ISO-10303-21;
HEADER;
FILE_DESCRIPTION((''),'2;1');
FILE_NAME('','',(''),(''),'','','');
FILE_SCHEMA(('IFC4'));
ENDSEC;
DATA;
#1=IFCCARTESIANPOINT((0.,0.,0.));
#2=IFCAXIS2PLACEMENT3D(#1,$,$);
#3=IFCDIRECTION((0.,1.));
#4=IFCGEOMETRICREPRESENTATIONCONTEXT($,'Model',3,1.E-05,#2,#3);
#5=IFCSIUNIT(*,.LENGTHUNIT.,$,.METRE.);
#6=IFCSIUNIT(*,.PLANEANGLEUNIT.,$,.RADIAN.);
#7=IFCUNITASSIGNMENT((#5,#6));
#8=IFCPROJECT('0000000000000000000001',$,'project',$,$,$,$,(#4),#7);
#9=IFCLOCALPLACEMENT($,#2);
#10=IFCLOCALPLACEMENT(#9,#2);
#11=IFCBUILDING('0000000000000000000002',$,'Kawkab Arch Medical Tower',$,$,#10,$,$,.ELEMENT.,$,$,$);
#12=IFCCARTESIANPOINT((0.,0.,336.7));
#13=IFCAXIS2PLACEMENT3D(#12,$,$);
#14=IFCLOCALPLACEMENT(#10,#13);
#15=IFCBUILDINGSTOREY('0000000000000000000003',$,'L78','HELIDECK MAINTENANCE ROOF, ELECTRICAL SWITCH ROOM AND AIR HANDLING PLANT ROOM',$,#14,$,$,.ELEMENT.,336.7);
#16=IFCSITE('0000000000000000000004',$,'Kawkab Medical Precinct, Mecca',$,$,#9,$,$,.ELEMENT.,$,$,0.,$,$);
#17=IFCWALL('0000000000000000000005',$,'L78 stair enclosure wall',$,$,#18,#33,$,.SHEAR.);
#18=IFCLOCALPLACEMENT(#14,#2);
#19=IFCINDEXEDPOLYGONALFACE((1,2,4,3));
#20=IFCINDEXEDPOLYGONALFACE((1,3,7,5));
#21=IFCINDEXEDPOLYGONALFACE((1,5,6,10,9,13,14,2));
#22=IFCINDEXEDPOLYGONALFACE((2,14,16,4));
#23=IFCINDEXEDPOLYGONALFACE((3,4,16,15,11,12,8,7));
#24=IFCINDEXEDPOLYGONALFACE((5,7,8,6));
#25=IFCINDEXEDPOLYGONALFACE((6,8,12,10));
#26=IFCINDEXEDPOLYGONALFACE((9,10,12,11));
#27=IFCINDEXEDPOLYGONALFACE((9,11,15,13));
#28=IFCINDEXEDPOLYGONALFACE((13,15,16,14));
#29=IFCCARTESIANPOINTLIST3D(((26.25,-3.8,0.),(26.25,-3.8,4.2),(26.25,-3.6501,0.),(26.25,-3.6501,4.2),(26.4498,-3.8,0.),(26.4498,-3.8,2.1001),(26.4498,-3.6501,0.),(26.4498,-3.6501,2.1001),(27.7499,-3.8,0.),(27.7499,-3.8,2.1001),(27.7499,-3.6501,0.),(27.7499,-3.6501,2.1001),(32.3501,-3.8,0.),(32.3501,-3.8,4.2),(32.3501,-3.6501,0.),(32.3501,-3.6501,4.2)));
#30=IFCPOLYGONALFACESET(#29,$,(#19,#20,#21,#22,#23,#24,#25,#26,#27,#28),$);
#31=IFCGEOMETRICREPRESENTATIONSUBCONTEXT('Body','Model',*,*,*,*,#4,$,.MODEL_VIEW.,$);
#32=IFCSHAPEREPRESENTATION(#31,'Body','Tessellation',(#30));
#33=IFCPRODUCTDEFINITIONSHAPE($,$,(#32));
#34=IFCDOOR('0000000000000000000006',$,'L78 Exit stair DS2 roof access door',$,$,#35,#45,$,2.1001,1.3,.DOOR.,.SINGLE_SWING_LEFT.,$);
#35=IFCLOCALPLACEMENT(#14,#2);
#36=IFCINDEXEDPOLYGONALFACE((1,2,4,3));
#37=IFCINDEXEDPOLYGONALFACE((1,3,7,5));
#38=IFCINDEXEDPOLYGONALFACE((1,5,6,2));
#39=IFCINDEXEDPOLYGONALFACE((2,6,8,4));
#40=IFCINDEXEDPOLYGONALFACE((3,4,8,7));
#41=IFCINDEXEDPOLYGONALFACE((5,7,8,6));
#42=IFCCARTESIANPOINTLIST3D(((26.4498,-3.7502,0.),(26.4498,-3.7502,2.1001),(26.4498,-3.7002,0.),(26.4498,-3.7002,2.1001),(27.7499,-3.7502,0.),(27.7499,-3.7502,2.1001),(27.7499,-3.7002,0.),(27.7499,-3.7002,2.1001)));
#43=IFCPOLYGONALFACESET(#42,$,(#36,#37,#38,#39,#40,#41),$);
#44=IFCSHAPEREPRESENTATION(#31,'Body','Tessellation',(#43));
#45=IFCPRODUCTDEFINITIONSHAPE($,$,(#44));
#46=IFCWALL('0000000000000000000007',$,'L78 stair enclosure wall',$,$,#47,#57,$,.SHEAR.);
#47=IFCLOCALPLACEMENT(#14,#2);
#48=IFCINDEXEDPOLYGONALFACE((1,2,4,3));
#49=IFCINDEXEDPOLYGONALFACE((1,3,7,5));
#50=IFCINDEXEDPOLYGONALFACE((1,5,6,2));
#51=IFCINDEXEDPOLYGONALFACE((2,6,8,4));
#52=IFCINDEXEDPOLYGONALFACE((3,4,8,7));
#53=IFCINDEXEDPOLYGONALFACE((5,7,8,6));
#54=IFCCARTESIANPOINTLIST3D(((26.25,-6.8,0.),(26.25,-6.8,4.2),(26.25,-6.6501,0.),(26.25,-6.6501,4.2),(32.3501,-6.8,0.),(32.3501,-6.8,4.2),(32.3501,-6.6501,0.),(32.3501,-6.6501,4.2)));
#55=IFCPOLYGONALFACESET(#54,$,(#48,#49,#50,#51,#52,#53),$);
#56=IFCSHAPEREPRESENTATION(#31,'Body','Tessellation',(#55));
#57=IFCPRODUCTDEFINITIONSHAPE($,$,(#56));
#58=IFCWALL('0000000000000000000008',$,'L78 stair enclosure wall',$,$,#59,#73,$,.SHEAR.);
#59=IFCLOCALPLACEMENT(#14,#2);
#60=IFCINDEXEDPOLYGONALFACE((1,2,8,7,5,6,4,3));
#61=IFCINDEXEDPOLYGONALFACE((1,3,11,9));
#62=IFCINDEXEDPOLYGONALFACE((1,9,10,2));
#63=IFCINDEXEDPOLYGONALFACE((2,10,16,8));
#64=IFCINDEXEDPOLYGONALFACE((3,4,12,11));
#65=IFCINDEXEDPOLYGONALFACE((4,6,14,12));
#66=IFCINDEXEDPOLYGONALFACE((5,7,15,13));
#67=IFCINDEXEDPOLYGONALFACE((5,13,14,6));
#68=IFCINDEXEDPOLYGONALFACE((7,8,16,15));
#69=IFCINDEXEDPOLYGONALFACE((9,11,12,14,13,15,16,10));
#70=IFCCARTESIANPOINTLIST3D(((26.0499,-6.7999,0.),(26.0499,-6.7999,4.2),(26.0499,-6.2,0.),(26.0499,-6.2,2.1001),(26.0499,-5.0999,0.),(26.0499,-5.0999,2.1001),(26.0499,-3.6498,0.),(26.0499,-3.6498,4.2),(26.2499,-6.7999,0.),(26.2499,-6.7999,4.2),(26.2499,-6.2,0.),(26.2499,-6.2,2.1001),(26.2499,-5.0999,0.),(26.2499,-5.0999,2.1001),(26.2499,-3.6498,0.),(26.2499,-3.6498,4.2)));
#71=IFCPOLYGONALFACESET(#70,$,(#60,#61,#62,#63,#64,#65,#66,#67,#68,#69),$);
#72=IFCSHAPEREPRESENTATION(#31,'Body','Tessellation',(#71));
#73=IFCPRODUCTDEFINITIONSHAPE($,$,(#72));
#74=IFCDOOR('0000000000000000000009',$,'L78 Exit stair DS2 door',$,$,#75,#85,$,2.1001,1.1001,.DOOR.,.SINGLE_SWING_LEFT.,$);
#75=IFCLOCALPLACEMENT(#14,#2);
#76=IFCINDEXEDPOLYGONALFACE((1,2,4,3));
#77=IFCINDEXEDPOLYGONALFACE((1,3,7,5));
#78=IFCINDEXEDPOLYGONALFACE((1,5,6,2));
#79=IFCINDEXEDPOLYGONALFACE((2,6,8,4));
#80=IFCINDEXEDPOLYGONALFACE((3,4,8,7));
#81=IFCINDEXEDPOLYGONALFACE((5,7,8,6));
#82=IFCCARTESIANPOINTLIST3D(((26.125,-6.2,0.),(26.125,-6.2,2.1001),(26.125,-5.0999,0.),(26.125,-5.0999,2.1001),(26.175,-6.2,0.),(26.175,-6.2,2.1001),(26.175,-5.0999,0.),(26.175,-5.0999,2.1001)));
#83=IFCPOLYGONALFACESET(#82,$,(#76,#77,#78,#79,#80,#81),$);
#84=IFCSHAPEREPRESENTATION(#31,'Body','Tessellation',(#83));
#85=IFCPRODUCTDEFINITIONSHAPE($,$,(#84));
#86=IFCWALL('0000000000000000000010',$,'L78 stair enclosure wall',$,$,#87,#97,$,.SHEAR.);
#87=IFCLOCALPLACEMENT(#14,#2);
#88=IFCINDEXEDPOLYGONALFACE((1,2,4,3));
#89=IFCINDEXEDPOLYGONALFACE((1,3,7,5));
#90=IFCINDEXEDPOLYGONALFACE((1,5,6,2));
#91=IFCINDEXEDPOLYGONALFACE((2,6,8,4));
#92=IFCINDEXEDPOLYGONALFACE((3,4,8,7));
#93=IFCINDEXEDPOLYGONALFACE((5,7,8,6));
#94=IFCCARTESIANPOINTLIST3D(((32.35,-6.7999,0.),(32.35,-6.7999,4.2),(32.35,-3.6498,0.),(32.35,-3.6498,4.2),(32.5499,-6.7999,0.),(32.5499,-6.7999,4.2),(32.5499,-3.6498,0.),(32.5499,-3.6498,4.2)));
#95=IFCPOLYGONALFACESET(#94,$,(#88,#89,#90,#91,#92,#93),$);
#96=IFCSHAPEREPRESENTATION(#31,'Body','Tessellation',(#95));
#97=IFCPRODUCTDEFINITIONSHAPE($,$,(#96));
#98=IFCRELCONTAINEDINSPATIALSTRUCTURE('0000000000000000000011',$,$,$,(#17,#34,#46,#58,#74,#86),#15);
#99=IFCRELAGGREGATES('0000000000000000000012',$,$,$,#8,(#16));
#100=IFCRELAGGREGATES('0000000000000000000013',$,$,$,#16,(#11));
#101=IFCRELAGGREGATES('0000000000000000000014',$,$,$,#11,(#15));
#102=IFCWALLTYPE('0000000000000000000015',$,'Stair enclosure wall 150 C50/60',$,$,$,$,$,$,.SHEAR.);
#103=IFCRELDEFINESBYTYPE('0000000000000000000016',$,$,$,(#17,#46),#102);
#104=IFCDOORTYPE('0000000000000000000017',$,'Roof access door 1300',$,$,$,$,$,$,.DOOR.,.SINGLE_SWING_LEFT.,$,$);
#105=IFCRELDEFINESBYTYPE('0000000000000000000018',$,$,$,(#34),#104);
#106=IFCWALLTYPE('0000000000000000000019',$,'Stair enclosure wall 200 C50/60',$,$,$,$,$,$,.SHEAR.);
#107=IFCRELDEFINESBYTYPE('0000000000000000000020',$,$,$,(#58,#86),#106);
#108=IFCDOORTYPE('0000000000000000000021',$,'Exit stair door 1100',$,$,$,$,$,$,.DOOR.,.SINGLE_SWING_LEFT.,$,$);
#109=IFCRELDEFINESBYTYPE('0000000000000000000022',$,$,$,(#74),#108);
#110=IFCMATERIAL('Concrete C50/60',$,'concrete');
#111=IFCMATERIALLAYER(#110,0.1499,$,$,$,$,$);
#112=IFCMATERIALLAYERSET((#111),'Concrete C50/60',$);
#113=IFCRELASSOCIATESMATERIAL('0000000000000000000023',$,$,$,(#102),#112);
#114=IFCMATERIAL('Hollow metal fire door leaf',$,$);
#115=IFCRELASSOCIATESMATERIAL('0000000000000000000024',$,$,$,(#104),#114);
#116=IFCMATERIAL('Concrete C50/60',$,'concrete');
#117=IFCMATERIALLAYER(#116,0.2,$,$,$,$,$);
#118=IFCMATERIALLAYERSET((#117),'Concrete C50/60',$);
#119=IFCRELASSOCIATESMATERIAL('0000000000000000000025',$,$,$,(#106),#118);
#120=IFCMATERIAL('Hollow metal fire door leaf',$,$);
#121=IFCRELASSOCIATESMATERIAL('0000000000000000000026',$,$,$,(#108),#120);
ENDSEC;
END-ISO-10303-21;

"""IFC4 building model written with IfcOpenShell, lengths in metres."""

from ifc_helpers import new_model, si_unit, direction, frame, frame_2d, origin, place, context, subcontext, project, spatial, rectangle, extrude, material, layer, layer_set, type_object, element, fill, save


model = new_model("IFC4")

# Units and contexts
model_context = context("Model", 3, precision=1e-05, world=origin(), true_north=direction((0.0, 1.0)))
body_context = subcontext(model_context, "Body", "Model", "MODEL_VIEW")
ifc_project = project(units=[si_unit("LENGTHUNIT", "METRE"), si_unit("PLANEANGLEUNIT", "RADIAN")], contexts=[model_context])

# Site, building, storey
site_placement = place(None, origin())
site = spatial("IfcSite", under=ifc_project, at=site_placement, Name="Kawkab Medical Precinct, Mecca", CompositionType="ELEMENT", RefElevation=0.0)
building_placement = place(site_placement, origin())
building = spatial("IfcBuilding", under=site, at=building_placement, Name="Kawkab Arch Medical Tower", CompositionType="ELEMENT")
storey_placement = place(building_placement, frame((0.0, 0.0, 336.7)))
storey = spatial("IfcBuildingStorey", under=building, at=storey_placement, Name="L78", Description="HELIDECK MAINTENANCE ROOF, ELECTRICAL SWITCH ROOM AND AIR HANDLING PLANT ROOM", CompositionType="ELEMENT", Elevation=336.7)

# Wall, opening, door
ifc_material_1 = material(Name="Concrete C50/60", Category="concrete")
ifc_layer_1 = layer(ifc_material_1, 0.1499)
ifc_layer_set_1 = layer_set([ifc_layer_1], Name="Concrete C50/60")
wall_type_1 = type_object("IfcWallType", Name="Stair enclosure wall 150 C50/60", PredefinedType="SHEAR", material=ifc_layer_set_1)
wall_1_placement = place(storey_placement, frame((26.25, -3.7251, 0.0), z_axis=(0.0, 0.0, 1.0), x_axis=(1.0, 0.0, 0.0)))
wall_1 = element("IfcWall", 1, at=wall_1_placement, inside=storey, type_object=wall_type_1, Name="L78 stair enclosure wall", PredefinedType="SHEAR", context=body_context, shape_type="SweptSolid", body=[
    extrude(rectangle(XDim=6.1001, YDim=0.1499, at=frame_2d((3.05, 0.0))), origin(), (0.0, 0.0, 1.0), 4.2),
])
opening_1_placement = place(wall_1_placement, frame((0.2, 0.0, 0.0)))
opening_1 = element("IfcOpeningElement", 2, at=opening_1_placement, cuts=wall_1, PredefinedType="OPENING", context=body_context, shape_type="SweptSolid", body=[
    extrude(rectangle(XDim=1.3, YDim=2.1001, at=frame_2d((0.6499, 1.05))), frame((0.0, 0.085, 0.0), z_axis=(0.0, -1.0, 0.0), x_axis=(1.0, 0.0, 0.0)), (0.0, 0.0, 1.0), 0.1699),
])
ifc_material_2 = material(Name="Hollow metal fire door leaf")
door_type_1 = type_object("IfcDoorType", Name="Roof access door 1300", OperationType="SINGLE_SWING_LEFT", PredefinedType="DOOR", material=ifc_material_2)
door_1_placement = place(opening_1_placement, origin())
door_1 = element("IfcDoor", 3, at=door_1_placement, inside=storey, type_object=door_type_1, Name="L78 Exit stair DS2 roof access door", OperationType="SINGLE_SWING_LEFT", OverallHeight=2.1001, OverallWidth=1.3, PredefinedType="DOOR", context=body_context, shape_type="SweptSolid", body=[
    extrude(rectangle(XDim=1.3, YDim=2.1001, at=frame_2d((0.6499, 1.05))), frame((0.0, 0.0249, 0.0), z_axis=(0.0, -1.0, 0.0), x_axis=(1.0, 0.0, 0.0)), (0.0, 0.0, 1.0), 0.05),
])
fill(opening_1, door_1)

# Wall
wall_2_placement = place(storey_placement, frame((26.25, -6.7251, 0.0), z_axis=(0.0, 0.0, 1.0), x_axis=(1.0, 0.0, 0.0)))
element("IfcWall", 4, at=wall_2_placement, inside=storey, type_object=wall_type_1, Name="L78 stair enclosure wall", PredefinedType="SHEAR", context=body_context, shape_type="SweptSolid", body=[
    extrude(rectangle(XDim=6.1001, YDim=0.1499, at=frame_2d((3.05, 0.0))), origin(), (0.0, 0.0, 1.0), 4.2),
])

# Wall, opening, door
ifc_material_3 = material(Name="Concrete C50/60", Category="concrete")
ifc_layer_2 = layer(ifc_material_3, 0.2)
ifc_layer_set_2 = layer_set([ifc_layer_2], Name="Concrete C50/60")
wall_type_2 = type_object("IfcWallType", Name="Stair enclosure wall 200 C50/60", PredefinedType="SHEAR", material=ifc_layer_set_2)
wall_3_placement = place(storey_placement, frame((26.1499, -6.8, 0.0), z_axis=(0.0, 0.0, 1.0), x_axis=(0.0, 1.0, 0.0)))
wall_3 = element("IfcWall", 5, at=wall_3_placement, inside=storey, type_object=wall_type_2, Name="L78 stair enclosure wall", PredefinedType="SHEAR", context=body_context, shape_type="SweptSolid", body=[
    extrude(rectangle(XDim=3.1501, YDim=0.2, at=frame_2d((1.5752, 0.0))), origin(), (0.0, 0.0, 1.0), 4.2),
])
opening_2_placement = place(wall_3_placement, frame((0.6001, 0.0, 0.0)))
opening_2 = element("IfcOpeningElement", 6, at=opening_2_placement, cuts=wall_3, PredefinedType="OPENING", context=body_context, shape_type="SweptSolid", body=[
    extrude(rectangle(XDim=1.1001, YDim=2.1001, at=frame_2d((0.55, 1.05))), frame((0.0, 0.1099, 0.0), z_axis=(0.0, -1.0, 0.0), x_axis=(1.0, 0.0, 0.0)), (0.0, 0.0, 1.0), 0.22),
])
ifc_material_4 = material(Name="Hollow metal fire door leaf")
door_type_2 = type_object("IfcDoorType", Name="Exit stair door 1100", OperationType="SINGLE_SWING_LEFT", PredefinedType="DOOR", material=ifc_material_4)
door_2_placement = place(opening_2_placement, origin())
door_2 = element("IfcDoor", 7, at=door_2_placement, inside=storey, type_object=door_type_2, Name="L78 Exit stair DS2 door", OperationType="SINGLE_SWING_LEFT", OverallHeight=2.1001, OverallWidth=1.1001, PredefinedType="DOOR", context=body_context, shape_type="SweptSolid", body=[
    extrude(rectangle(XDim=1.1001, YDim=2.1001, at=frame_2d((0.55, 1.05))), frame((0.0, 0.0249, 0.0), z_axis=(0.0, -1.0, 0.0), x_axis=(1.0, 0.0, 0.0)), (0.0, 0.0, 1.0), 0.05),
])
fill(opening_2, door_2)

# Wall
wall_4_placement = place(storey_placement, frame((32.45, -6.8, 0.0), z_axis=(0.0, 0.0, 1.0), x_axis=(0.0, 1.0, 0.0)))
element("IfcWall", 8, at=wall_4_placement, inside=storey, type_object=wall_type_2, Name="L78 stair enclosure wall", PredefinedType="SHEAR", context=body_context, shape_type="SweptSolid", body=[
    extrude(rectangle(XDim=3.1501, YDim=0.2, at=frame_2d((1.5752, 0.0))), origin(), (0.0, 0.0, 1.0), 4.2),
])

save(model, "model.ifc")
